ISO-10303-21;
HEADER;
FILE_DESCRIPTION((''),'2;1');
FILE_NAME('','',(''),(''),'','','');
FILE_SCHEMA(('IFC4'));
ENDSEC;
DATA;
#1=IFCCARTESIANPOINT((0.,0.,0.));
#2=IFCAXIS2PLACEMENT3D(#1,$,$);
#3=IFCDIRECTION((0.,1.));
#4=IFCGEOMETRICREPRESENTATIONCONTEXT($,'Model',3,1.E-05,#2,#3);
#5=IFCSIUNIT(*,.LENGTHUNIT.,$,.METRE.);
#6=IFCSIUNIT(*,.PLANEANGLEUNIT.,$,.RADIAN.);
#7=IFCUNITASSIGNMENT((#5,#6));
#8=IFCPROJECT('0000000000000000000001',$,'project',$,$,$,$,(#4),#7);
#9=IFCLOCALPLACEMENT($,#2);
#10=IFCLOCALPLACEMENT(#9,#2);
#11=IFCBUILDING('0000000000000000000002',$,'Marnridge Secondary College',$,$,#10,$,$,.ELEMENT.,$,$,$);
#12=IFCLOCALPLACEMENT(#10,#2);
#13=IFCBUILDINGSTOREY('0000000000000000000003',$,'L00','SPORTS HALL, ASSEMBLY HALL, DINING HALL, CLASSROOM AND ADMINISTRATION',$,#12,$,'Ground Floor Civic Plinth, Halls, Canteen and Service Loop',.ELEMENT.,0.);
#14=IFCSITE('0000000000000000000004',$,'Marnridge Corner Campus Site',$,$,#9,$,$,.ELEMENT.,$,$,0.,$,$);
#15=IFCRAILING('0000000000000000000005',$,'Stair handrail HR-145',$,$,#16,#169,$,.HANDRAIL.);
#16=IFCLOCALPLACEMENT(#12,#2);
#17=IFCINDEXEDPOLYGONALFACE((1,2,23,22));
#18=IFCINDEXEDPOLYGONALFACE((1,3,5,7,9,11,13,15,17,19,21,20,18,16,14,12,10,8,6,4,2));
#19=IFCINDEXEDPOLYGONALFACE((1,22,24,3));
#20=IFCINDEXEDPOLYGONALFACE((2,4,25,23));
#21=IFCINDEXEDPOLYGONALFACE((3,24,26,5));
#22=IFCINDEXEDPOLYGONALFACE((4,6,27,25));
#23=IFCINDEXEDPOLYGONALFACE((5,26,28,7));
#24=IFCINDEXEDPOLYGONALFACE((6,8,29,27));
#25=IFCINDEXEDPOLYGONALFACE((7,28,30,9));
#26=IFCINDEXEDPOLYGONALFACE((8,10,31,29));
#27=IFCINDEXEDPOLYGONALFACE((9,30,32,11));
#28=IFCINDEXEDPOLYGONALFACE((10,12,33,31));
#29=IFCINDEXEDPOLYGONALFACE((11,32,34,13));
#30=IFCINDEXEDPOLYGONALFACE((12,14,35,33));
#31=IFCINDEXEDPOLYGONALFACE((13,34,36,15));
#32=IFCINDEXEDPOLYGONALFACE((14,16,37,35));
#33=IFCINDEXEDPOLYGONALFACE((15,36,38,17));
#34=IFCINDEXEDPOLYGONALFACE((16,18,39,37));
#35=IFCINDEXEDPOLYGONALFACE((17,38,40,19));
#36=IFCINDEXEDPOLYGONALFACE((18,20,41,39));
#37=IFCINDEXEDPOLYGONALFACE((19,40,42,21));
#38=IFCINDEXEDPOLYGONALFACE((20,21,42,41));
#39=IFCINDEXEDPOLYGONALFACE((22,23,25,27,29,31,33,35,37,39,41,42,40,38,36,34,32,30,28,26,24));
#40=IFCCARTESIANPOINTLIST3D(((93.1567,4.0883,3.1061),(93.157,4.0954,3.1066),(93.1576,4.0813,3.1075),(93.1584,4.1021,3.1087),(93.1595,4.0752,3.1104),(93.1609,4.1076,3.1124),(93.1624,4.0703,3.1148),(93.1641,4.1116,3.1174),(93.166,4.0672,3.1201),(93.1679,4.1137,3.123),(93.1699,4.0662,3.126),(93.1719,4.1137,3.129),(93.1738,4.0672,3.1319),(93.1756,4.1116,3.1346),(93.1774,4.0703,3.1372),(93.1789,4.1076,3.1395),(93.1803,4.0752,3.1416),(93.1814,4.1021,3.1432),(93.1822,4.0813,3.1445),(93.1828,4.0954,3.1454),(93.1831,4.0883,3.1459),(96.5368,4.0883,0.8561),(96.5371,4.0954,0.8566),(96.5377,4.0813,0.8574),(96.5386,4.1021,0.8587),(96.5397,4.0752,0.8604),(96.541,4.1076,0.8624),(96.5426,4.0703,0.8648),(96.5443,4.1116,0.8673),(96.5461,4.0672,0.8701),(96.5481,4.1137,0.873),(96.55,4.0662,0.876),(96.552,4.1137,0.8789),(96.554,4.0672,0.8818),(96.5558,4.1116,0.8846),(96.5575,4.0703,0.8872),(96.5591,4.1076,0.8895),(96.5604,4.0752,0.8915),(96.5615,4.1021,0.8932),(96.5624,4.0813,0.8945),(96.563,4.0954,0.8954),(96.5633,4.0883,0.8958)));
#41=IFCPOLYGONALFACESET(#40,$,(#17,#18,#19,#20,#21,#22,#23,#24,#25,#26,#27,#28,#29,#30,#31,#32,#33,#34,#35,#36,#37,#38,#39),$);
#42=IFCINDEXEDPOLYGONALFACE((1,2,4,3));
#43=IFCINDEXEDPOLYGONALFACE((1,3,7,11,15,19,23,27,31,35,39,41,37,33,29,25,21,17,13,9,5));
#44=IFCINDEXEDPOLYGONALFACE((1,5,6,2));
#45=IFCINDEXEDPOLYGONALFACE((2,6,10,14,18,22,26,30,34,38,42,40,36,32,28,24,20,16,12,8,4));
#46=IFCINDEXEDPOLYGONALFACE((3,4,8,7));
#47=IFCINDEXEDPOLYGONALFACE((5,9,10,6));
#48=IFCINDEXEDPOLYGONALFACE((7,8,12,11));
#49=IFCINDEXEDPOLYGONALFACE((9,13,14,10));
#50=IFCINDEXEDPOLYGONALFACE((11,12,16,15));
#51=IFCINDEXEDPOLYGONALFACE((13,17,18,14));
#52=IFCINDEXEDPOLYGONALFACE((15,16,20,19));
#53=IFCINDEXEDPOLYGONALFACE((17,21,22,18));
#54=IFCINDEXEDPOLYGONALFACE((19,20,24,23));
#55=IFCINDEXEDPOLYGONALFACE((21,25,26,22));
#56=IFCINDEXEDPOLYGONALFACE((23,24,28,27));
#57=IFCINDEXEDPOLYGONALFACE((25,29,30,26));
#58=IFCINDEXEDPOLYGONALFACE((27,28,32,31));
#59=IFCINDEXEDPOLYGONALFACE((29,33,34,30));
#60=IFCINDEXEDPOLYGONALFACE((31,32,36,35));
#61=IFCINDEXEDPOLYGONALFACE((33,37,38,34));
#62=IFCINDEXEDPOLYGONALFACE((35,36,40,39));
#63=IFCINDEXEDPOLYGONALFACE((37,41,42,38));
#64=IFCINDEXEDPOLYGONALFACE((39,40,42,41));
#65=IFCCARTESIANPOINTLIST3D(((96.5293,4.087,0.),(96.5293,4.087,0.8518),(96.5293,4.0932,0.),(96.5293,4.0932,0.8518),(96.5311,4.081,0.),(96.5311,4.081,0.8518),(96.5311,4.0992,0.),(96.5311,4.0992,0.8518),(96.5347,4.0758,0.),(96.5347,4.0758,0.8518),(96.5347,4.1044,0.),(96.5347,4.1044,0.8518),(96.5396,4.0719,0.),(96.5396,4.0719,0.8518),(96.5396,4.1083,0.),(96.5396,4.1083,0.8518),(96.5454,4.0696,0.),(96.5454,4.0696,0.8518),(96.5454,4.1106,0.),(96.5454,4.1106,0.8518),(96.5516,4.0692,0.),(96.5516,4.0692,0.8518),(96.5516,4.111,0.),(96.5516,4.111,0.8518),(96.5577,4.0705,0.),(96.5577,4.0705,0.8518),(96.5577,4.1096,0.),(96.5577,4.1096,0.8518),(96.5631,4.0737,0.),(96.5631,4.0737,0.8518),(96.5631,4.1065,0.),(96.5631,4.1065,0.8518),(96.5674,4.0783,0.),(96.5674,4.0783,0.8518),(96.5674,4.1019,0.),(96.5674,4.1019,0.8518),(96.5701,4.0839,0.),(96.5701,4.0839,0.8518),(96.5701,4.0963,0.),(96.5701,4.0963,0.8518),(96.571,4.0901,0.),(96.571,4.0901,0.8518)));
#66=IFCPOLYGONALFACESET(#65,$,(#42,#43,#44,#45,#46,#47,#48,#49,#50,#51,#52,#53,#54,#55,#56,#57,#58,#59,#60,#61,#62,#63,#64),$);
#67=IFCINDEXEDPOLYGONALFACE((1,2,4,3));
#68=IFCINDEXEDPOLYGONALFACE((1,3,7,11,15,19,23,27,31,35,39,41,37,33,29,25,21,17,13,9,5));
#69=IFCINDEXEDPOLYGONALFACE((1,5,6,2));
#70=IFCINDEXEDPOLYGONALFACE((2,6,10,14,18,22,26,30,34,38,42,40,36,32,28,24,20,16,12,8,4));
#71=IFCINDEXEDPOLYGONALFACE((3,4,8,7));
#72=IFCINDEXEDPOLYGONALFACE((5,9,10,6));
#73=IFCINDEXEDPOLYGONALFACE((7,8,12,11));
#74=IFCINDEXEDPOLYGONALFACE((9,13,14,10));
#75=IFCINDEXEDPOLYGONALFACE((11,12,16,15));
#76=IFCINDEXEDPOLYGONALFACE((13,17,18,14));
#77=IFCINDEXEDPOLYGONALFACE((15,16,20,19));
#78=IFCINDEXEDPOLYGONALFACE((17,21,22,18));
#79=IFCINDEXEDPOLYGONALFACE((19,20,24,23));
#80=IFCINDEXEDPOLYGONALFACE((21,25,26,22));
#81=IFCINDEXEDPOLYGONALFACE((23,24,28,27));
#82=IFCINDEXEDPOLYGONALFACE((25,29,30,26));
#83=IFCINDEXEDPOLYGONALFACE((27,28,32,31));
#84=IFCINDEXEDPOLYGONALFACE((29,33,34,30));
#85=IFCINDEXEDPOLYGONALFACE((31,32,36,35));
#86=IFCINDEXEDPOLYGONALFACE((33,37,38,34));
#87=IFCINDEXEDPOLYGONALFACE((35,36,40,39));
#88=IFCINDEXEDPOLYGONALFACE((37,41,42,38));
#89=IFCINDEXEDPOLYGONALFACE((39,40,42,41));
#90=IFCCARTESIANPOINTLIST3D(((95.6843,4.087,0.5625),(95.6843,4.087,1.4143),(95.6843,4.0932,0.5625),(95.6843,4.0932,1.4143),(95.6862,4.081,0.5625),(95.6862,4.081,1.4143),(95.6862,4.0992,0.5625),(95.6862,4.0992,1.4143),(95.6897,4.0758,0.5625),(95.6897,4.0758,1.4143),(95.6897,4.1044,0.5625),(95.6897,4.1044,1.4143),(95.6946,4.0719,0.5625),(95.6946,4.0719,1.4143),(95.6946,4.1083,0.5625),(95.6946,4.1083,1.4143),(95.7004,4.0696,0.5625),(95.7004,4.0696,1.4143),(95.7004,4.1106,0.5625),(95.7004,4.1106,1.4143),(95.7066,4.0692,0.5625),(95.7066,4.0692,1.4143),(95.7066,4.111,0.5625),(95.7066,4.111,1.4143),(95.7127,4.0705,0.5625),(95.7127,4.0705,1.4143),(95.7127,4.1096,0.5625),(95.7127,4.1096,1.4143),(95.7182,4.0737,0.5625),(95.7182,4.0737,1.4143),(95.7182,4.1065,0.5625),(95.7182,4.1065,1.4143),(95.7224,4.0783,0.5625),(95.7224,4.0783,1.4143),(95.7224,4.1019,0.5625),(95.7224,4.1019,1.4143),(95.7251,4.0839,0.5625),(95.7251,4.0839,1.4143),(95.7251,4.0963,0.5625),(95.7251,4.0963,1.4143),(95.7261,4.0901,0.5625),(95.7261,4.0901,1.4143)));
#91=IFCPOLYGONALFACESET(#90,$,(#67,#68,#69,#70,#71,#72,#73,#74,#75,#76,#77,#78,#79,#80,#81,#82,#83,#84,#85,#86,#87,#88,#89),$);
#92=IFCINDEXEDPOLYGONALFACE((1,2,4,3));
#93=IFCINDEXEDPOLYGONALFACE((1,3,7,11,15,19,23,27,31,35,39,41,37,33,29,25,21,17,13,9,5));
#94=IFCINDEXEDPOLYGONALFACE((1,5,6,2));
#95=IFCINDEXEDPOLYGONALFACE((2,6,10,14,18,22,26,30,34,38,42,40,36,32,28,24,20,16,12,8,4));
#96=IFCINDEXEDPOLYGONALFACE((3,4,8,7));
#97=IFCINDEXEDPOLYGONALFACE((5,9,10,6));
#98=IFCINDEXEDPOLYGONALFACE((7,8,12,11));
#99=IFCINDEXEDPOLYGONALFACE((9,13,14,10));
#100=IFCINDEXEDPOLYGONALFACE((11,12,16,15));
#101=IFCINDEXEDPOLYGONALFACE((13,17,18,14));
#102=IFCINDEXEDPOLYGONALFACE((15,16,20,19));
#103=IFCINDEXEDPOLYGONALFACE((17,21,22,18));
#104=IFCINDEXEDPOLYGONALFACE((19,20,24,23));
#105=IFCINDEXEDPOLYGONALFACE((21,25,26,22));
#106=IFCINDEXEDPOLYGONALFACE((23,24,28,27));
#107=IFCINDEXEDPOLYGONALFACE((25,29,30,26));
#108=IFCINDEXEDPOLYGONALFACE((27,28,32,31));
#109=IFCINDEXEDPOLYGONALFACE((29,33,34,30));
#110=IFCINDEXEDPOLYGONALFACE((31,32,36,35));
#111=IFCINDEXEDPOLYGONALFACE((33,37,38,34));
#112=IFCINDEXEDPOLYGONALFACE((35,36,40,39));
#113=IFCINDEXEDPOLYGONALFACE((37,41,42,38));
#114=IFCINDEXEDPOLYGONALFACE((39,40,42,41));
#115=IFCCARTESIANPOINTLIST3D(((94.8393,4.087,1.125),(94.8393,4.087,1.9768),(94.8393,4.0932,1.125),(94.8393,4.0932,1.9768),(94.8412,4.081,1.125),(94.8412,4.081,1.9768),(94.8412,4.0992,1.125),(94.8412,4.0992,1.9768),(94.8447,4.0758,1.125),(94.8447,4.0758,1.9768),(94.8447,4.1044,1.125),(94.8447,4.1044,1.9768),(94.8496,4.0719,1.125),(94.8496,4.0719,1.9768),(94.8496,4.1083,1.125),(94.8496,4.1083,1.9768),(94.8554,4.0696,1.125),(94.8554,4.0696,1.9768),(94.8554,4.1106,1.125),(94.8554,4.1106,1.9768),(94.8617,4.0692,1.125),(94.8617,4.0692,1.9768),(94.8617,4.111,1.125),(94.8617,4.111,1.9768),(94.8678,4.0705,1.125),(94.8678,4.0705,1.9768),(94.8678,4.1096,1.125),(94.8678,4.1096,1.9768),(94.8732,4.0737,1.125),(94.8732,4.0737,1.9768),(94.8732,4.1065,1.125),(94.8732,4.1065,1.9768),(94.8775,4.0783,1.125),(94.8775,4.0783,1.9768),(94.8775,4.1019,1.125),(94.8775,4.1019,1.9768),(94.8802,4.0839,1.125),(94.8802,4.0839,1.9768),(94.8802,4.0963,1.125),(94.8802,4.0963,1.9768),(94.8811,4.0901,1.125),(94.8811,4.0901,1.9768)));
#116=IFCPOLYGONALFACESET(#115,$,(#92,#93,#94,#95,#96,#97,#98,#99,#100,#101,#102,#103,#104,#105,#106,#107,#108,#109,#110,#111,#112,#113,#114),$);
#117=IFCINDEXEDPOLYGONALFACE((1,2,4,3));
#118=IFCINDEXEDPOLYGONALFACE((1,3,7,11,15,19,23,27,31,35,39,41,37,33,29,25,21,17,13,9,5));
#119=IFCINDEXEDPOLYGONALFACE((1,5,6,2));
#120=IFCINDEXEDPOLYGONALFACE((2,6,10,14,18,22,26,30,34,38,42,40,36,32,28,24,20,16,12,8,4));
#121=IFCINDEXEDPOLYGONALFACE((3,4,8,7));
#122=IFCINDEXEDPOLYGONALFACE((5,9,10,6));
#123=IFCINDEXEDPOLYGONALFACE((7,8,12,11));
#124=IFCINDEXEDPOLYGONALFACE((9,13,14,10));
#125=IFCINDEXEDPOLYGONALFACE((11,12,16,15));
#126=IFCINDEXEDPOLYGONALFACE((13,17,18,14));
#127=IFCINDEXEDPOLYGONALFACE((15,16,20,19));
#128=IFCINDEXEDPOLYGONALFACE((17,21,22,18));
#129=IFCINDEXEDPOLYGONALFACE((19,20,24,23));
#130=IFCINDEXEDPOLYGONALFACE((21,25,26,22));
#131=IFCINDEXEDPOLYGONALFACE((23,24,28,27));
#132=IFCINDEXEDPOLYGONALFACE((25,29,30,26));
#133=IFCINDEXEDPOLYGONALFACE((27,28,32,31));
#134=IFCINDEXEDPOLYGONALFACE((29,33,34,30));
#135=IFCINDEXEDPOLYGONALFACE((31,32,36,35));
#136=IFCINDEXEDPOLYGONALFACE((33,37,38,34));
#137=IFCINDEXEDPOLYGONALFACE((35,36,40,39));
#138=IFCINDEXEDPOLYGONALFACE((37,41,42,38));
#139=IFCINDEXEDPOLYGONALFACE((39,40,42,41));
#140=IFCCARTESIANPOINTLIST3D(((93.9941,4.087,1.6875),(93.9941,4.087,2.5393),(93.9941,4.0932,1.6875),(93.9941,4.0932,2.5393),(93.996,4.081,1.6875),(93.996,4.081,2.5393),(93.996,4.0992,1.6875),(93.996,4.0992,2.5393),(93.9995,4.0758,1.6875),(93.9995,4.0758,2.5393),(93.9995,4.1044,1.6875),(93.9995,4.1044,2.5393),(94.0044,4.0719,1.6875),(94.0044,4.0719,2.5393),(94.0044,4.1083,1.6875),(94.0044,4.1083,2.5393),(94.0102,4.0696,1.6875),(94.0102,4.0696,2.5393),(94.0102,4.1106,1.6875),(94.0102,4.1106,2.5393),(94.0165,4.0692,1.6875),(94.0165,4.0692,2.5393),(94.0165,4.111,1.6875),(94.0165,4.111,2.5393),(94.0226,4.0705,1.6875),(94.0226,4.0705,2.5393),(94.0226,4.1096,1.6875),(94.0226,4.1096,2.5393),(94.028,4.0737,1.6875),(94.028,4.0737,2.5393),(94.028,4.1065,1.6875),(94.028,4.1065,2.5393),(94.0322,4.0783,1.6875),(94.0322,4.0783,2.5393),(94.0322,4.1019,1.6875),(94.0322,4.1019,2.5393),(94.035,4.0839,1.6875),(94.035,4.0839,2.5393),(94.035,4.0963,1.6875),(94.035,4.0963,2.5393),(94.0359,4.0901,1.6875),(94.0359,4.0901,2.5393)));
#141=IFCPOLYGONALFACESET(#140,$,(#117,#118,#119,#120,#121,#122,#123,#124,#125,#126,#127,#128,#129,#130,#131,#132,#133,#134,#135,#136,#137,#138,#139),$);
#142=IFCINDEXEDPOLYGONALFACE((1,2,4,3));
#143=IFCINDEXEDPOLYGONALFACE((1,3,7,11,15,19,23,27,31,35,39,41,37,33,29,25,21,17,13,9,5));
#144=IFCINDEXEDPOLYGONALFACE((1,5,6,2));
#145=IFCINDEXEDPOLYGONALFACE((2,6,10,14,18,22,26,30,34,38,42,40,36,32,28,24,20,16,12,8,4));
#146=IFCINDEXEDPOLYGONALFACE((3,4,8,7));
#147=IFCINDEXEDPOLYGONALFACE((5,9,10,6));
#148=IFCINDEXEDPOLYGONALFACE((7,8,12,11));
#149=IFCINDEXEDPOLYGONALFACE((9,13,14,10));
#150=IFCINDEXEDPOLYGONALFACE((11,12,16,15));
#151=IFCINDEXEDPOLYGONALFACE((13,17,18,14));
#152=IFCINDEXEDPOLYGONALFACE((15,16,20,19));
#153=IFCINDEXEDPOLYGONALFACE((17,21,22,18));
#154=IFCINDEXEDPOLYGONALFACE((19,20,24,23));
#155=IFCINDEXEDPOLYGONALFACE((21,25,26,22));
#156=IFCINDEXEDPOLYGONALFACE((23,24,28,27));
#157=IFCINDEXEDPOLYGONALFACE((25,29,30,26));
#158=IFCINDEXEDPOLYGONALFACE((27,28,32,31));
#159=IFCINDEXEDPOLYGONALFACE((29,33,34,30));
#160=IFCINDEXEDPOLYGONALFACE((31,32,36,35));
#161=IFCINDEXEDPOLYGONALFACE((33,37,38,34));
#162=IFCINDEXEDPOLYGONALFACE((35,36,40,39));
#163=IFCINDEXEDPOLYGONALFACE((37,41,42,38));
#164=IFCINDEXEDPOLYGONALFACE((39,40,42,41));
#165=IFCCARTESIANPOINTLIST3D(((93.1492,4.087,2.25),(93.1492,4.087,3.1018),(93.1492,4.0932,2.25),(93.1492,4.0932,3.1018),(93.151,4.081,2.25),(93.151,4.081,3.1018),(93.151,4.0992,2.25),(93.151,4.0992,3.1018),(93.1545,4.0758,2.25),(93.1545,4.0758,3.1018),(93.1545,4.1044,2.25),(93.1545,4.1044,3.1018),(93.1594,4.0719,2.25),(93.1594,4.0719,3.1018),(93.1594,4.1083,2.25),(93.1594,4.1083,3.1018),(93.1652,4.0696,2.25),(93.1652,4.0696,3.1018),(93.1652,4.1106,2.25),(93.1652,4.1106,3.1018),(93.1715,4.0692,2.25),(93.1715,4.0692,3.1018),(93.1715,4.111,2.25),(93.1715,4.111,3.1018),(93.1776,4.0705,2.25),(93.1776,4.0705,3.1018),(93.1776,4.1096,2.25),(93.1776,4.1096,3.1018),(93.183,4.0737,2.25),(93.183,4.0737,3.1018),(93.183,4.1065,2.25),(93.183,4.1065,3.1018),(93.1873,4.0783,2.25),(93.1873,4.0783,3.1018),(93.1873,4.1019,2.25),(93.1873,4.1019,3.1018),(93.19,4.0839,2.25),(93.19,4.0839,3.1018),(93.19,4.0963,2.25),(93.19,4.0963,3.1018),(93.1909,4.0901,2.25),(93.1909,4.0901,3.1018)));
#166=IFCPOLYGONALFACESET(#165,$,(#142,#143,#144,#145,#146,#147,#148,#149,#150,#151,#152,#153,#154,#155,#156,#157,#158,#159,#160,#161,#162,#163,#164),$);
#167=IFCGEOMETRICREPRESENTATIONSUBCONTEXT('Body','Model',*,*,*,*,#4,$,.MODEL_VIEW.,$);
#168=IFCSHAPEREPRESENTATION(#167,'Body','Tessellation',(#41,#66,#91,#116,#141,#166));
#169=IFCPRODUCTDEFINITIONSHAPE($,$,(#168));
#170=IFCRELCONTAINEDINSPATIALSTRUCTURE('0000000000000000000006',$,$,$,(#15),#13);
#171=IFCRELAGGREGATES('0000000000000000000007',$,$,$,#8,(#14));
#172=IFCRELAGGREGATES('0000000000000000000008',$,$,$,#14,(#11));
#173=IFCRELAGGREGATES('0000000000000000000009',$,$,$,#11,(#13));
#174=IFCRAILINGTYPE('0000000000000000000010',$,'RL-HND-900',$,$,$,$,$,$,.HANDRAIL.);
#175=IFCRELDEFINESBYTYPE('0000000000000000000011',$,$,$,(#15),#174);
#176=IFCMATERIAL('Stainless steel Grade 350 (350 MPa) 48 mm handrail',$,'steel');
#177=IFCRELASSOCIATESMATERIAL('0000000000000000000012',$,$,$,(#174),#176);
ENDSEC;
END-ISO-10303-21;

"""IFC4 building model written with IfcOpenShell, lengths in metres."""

from ifc_helpers import new_model, si_unit, direction, frame, origin, origin_2d, place, context, subcontext, project, spatial, circle, extrude, material, type_object, element, save


model = new_model("IFC4")

# Units and contexts
model_context = context("Model", 3, precision=1e-05, world=origin(), true_north=direction((0.0, 1.0)))
body_context = subcontext(model_context, "Body", "Model", "MODEL_VIEW")
ifc_project = project(units=[si_unit("LENGTHUNIT", "METRE"), si_unit("PLANEANGLEUNIT", "RADIAN")], contexts=[model_context])

# Site, building, storey
site_placement = place(None, origin())
site = spatial("IfcSite", under=ifc_project, at=site_placement, Name="Marnridge Corner Campus Site", CompositionType="ELEMENT", RefElevation=0.0)
building_placement = place(site_placement, origin())
building = spatial("IfcBuilding", under=site, at=building_placement, Name="Marnridge Secondary College", CompositionType="ELEMENT")
storey_placement = place(building_placement, origin())
storey = spatial("IfcBuildingStorey", under=building, at=storey_placement, Name="L00", Description="SPORTS HALL, ASSEMBLY HALL, DINING HALL, CLASSROOM AND ADMINISTRATION", LongName="Ground Floor Civic Plinth, Halls, Canteen and Service Loop", CompositionType="ELEMENT", Elevation=0.0)

# Railing
ifc_material_1 = material(Name="Stainless steel Grade 350 (350 MPa) 48 mm handrail", Category="steel")
railing_type_1 = type_object("IfcRailingType", Name="RL-HND-900", PredefinedType="HANDRAIL", material=ifc_material_1)
for number, where, name in (
    (1, (96.55, 4.0901, 0.0), "Stair handrail HR-145"),
):
    element("IfcRailing", number, at=place(storey_placement, frame(where)), inside=storey, type_object=railing_type_1, Name=name, PredefinedType="HANDRAIL", context=body_context, shape_type="SweptSolid", body=[
        extrude(circle(Radius=0.0239, at=origin_2d()), frame((0.0, 0.0, 0.876), z_axis=(-0.832439, 0.0, 0.554117), x_axis=(0.0, -1.0, 0.0)), (0.0, 0.0, 1.0), 4.0605),
        extrude(circle(Radius=0.021, at=origin_2d()), origin(), (0.0, 0.0, 1.0), 0.8518),
        extrude(circle(Radius=0.021, at=origin_2d()), frame((-0.845, 0.0, 0.5625)), (0.0, 0.0, 1.0), 0.8518),
        extrude(circle(Radius=0.021, at=origin_2d()), frame((-1.6899, 0.0, 1.125)), (0.0, 0.0, 1.0), 0.8518),
        extrude(circle(Radius=0.021, at=origin_2d()), frame((-2.5352, 0.0, 1.6875)), (0.0, 0.0, 1.0), 0.8518),
        extrude(circle(Radius=0.021, at=origin_2d()), frame((-3.3801, 0.0, 2.25)), (0.0, 0.0, 1.0), 0.8518),
    ])

save(model, "model.ifc")
